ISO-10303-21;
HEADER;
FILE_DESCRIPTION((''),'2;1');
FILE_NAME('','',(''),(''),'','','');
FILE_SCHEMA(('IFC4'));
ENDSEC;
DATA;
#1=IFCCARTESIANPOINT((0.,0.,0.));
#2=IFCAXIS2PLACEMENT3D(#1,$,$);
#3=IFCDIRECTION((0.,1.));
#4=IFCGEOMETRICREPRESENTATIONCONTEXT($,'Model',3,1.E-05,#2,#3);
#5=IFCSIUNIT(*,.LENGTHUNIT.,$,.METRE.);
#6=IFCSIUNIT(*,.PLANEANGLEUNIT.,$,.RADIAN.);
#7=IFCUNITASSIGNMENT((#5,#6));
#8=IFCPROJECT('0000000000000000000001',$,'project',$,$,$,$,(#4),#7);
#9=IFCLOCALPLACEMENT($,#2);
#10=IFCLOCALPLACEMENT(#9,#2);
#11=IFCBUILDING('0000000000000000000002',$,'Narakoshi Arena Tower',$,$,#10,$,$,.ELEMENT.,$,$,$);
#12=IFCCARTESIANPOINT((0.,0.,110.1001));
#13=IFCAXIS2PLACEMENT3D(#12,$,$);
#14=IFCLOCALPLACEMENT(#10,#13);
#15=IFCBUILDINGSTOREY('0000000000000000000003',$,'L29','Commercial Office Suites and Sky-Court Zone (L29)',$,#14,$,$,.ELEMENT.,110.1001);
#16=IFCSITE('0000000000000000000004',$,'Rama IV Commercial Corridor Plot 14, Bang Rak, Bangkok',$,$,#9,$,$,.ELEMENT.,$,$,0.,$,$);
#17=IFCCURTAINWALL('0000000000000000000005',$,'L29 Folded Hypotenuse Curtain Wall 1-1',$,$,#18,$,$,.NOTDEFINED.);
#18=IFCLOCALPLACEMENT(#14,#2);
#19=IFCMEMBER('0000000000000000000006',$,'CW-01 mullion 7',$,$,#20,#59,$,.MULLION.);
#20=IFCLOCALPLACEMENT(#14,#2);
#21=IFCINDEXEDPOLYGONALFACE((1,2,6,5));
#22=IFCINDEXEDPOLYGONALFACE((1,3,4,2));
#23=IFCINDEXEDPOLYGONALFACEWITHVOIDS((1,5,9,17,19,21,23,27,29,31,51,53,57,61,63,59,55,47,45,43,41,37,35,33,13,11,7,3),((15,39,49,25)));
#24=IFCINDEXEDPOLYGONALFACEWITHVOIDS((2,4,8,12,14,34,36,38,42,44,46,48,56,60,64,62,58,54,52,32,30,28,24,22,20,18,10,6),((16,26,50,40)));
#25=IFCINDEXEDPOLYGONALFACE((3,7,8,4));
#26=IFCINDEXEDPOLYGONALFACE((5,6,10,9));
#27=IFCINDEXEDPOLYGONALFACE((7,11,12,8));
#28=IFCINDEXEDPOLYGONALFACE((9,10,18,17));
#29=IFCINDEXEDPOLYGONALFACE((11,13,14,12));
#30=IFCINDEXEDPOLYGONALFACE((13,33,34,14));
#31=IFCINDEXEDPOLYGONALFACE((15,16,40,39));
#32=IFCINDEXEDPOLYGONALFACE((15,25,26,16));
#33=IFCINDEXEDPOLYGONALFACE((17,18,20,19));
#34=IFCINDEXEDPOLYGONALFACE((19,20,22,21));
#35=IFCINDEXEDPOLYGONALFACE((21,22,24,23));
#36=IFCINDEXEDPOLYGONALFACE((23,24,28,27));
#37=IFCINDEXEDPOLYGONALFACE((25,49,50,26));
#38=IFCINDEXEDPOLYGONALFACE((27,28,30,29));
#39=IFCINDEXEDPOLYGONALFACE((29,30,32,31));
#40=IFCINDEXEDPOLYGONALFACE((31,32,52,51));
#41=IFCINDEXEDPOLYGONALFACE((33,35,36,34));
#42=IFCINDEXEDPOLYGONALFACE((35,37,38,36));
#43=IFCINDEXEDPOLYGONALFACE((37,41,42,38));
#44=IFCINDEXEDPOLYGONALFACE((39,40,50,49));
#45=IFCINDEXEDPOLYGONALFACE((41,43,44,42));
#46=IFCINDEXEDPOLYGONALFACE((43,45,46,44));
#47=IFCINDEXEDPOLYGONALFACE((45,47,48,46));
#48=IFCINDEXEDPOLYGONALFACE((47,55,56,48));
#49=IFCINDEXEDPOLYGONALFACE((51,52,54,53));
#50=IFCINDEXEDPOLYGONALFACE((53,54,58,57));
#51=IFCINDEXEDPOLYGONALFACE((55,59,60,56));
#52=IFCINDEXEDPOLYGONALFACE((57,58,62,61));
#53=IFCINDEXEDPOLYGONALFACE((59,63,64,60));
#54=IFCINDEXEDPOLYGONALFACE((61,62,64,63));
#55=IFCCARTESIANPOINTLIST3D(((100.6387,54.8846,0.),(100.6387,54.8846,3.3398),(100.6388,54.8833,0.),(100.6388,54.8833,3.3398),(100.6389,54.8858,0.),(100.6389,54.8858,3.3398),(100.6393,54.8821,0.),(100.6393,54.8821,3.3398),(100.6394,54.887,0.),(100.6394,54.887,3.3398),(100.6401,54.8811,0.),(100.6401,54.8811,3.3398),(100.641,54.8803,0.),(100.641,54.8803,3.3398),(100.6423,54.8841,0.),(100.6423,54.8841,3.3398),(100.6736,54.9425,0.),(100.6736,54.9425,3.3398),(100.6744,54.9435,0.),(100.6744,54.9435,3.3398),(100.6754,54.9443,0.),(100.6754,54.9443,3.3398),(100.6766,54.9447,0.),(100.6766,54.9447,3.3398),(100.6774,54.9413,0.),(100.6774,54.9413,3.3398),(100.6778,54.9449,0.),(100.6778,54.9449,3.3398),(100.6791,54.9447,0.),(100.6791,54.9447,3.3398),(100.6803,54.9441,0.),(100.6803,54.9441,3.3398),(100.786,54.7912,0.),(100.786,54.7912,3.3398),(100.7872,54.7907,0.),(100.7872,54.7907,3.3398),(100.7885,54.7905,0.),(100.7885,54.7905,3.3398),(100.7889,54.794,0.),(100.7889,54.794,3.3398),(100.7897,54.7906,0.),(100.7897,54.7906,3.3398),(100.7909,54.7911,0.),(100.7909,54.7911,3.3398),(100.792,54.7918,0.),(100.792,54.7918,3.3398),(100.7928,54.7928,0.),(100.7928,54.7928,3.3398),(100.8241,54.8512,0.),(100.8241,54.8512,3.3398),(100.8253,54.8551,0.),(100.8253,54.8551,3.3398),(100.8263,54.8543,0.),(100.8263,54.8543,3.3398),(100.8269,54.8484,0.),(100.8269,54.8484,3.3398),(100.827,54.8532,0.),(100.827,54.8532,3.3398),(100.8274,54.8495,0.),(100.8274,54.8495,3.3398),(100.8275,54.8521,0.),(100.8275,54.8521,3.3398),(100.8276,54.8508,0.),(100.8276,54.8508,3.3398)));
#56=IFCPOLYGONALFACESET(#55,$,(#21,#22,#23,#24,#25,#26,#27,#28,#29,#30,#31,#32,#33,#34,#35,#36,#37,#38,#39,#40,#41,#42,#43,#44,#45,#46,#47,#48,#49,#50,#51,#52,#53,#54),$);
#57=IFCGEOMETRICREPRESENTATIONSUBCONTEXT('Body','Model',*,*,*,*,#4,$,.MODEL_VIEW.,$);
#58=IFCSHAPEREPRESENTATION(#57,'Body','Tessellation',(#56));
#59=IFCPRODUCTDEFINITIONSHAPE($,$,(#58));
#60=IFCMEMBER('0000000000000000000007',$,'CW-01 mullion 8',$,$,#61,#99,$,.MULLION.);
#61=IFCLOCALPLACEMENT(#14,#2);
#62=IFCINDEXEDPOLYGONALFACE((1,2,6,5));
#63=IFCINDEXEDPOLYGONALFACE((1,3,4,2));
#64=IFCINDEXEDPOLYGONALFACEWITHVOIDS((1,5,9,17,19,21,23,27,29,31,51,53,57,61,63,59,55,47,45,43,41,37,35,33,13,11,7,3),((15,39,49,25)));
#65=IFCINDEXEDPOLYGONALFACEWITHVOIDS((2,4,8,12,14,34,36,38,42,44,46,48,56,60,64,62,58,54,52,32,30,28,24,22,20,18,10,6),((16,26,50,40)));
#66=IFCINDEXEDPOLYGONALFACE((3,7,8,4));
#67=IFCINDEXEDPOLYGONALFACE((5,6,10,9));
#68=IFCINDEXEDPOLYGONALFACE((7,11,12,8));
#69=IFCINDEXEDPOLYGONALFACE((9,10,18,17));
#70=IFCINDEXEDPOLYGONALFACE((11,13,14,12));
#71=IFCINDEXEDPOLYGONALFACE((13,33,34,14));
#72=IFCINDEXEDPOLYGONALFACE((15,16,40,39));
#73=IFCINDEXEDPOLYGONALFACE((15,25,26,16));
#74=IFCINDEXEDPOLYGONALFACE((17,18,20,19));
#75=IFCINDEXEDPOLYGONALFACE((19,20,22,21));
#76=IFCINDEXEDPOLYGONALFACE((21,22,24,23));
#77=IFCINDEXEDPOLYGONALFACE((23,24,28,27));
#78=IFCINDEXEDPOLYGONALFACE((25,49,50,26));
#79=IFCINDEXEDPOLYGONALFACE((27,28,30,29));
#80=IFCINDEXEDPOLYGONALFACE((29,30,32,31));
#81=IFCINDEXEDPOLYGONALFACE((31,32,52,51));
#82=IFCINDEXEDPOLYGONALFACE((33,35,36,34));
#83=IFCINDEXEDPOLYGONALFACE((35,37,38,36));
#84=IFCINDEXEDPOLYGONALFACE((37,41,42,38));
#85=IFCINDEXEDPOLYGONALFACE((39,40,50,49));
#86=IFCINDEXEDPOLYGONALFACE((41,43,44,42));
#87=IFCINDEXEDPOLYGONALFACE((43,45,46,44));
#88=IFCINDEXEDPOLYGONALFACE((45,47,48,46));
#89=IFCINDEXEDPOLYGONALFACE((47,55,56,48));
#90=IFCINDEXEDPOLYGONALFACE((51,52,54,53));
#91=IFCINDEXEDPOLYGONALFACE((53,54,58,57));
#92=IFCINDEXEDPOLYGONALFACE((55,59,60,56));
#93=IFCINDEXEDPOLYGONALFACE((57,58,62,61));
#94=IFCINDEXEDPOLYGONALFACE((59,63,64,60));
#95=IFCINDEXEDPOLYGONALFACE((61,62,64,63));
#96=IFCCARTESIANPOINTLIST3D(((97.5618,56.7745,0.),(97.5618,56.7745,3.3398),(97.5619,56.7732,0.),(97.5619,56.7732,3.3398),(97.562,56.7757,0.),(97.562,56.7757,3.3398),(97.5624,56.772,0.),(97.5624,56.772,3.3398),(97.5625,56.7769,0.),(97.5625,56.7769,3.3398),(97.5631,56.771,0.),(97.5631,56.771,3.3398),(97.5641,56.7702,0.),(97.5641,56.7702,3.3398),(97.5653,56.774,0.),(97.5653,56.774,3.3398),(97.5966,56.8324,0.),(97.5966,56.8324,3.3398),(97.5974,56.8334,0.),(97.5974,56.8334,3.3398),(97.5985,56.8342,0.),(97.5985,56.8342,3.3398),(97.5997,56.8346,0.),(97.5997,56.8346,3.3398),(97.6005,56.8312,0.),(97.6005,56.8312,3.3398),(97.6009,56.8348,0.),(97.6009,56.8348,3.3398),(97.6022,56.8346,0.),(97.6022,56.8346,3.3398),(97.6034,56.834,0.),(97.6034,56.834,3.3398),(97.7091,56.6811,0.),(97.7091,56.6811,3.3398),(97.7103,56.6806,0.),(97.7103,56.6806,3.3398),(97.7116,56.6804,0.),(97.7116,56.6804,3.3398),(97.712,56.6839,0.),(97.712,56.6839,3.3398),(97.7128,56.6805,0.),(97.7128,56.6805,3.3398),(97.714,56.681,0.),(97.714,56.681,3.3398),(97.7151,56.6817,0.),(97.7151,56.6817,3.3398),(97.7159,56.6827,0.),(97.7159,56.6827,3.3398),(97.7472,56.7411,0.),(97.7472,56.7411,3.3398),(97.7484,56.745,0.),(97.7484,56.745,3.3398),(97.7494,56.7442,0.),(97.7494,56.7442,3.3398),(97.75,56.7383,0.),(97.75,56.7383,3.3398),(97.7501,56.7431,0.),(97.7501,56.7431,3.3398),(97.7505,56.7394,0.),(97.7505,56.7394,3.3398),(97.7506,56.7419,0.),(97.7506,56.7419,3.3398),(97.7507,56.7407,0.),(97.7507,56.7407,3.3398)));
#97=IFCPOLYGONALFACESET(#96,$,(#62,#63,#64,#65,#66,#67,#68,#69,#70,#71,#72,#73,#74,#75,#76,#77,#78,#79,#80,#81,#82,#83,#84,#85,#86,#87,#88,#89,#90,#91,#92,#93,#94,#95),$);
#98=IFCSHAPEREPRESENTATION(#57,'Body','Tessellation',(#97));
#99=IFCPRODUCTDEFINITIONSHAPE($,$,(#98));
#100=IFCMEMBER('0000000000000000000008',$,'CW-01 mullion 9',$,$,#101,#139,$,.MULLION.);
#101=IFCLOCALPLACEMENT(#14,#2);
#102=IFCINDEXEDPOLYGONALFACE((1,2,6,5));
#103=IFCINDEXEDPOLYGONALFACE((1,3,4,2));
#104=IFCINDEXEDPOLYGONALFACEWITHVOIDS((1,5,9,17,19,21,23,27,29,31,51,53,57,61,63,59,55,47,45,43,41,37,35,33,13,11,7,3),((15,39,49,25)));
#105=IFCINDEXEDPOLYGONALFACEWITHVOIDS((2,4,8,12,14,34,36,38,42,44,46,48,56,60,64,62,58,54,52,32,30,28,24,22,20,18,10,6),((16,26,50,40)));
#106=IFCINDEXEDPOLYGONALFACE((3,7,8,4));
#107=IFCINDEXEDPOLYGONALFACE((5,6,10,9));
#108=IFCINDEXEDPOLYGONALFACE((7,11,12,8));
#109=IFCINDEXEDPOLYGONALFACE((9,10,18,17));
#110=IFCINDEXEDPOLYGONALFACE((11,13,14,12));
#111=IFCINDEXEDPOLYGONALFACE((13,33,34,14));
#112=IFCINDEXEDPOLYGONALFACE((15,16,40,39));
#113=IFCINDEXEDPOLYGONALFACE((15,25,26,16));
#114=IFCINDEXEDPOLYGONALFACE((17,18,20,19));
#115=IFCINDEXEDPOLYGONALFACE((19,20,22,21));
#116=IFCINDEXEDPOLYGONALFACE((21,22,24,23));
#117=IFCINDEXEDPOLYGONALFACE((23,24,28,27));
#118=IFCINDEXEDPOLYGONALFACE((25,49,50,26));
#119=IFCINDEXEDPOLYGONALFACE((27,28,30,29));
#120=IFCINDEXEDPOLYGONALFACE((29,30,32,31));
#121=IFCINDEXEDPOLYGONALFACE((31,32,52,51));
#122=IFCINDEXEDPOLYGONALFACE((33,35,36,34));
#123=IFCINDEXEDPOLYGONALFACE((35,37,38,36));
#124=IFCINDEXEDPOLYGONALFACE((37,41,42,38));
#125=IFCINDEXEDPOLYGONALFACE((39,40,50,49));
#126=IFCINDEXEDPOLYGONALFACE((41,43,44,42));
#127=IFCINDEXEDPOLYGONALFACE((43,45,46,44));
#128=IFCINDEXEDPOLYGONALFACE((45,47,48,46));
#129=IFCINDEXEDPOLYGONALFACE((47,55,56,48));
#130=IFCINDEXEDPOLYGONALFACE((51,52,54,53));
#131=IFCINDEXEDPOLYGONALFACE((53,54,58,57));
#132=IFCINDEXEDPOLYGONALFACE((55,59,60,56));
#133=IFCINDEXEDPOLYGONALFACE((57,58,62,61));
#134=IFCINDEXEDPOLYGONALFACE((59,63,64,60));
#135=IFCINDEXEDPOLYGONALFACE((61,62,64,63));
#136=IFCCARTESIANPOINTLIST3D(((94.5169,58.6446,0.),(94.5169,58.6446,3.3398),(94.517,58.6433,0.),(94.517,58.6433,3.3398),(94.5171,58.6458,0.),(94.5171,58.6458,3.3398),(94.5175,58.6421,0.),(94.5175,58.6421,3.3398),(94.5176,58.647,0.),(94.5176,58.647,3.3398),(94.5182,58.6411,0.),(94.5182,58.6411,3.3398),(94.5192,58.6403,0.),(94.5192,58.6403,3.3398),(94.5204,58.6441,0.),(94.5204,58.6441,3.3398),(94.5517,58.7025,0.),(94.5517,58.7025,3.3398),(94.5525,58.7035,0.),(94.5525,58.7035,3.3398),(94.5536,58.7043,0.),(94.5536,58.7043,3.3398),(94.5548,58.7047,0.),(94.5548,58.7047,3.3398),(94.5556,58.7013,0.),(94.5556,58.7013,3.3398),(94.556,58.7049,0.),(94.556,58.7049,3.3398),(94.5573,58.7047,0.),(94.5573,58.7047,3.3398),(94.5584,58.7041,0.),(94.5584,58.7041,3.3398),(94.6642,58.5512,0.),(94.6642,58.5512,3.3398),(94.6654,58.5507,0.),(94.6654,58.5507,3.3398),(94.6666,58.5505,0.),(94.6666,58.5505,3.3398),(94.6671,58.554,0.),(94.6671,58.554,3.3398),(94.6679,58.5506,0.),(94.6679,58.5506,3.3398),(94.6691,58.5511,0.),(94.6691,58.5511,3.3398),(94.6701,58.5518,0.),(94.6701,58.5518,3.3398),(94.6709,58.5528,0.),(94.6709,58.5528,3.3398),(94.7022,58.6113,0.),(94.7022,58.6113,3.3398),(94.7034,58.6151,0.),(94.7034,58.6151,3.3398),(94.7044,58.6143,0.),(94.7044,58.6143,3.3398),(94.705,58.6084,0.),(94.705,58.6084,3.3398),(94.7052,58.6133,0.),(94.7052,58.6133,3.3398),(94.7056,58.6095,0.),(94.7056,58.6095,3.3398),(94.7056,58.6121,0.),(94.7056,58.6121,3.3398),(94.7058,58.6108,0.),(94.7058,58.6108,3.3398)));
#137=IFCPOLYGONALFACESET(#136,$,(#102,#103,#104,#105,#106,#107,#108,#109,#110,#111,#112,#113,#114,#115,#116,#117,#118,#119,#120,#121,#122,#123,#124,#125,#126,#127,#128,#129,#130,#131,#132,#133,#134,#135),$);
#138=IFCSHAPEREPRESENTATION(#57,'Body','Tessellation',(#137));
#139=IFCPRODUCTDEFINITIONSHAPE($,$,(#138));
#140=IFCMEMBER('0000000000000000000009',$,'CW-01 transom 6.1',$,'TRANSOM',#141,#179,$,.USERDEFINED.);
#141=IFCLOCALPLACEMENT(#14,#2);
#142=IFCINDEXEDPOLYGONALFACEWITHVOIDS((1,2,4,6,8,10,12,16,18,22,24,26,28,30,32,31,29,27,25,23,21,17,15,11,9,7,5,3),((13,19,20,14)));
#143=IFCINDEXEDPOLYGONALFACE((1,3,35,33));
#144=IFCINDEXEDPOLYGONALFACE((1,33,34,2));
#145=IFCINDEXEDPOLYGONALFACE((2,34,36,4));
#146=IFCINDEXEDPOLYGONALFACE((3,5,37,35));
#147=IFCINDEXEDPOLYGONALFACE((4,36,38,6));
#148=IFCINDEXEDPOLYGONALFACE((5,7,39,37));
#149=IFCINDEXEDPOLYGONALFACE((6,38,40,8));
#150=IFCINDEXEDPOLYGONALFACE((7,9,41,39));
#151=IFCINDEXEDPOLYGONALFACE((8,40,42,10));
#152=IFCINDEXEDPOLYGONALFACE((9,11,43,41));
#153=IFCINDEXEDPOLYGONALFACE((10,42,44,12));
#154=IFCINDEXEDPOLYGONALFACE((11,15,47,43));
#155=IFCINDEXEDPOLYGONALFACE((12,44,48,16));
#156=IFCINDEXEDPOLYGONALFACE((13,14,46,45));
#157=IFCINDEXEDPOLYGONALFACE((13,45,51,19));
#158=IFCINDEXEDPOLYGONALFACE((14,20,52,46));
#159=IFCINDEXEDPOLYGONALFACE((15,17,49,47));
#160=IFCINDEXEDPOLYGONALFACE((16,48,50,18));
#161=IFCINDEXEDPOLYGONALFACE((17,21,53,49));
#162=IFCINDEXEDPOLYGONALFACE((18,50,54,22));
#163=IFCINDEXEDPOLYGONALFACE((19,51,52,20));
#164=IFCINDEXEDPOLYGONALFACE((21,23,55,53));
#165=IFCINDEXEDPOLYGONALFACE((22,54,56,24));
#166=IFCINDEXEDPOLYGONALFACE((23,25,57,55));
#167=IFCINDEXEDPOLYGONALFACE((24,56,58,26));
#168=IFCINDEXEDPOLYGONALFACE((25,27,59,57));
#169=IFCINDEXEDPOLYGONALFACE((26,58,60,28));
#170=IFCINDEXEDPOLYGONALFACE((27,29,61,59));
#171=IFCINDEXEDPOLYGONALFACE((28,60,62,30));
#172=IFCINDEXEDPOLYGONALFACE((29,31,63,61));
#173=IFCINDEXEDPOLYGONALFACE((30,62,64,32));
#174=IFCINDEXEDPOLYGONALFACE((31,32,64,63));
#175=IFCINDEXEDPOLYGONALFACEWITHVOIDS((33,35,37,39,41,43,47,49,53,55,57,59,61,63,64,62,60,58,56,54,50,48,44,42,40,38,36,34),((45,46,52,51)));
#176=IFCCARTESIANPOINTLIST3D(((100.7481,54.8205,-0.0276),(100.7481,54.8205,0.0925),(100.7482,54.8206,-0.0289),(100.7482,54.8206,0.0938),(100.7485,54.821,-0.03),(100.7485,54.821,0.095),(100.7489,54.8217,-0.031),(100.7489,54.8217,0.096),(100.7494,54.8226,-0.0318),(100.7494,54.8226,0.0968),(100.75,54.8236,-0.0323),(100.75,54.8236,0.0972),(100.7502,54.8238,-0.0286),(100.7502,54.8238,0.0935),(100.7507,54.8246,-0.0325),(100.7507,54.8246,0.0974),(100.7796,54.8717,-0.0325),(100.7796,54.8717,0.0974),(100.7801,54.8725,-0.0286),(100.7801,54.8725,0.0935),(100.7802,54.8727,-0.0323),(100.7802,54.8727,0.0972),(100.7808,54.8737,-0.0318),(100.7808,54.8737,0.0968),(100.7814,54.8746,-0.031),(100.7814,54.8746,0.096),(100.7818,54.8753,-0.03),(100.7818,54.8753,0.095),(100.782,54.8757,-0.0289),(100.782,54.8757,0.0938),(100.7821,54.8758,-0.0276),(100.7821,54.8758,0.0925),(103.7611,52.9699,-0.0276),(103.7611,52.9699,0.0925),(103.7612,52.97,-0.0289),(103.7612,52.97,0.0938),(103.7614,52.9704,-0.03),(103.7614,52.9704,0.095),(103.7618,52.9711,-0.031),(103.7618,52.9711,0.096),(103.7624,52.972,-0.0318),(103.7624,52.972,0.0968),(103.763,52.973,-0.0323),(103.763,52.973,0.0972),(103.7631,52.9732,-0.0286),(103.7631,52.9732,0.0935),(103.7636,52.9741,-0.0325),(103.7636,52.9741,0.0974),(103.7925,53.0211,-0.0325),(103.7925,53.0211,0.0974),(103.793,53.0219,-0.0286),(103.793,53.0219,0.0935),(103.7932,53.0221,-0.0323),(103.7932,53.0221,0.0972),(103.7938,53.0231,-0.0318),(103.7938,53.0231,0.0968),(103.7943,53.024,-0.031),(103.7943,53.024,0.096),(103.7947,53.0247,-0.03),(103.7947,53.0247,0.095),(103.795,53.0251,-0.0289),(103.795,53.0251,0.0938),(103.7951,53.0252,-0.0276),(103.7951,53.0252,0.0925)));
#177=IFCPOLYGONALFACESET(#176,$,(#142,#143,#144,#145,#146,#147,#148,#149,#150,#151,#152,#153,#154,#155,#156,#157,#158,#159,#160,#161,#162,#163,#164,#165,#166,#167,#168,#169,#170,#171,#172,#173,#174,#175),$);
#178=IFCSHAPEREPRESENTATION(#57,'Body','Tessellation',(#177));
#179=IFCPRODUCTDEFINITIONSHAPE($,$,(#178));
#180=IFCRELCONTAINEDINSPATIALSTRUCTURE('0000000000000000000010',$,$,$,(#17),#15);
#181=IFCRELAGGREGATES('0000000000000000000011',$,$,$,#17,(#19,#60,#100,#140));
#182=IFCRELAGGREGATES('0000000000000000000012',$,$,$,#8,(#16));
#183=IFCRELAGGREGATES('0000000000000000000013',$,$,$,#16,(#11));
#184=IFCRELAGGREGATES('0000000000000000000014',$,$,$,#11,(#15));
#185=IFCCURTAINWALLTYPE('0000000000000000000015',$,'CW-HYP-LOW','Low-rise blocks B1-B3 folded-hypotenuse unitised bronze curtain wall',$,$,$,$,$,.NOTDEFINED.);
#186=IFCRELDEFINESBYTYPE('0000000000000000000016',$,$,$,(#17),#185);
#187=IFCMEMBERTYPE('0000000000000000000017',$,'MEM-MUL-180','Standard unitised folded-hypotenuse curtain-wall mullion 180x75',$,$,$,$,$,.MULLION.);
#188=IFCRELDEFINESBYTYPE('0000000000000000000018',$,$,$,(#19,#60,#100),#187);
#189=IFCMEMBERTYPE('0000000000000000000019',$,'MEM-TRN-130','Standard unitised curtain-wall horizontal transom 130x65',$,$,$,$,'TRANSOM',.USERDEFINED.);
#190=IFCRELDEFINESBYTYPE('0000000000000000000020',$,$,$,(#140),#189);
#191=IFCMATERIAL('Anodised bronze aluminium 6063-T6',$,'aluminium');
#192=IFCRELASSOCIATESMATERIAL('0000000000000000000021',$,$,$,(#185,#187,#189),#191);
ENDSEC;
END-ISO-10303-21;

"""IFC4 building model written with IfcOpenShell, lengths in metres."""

from ifc_helpers import new_model, si_unit, direction, frame, origin, origin_2d, place, context, subcontext, project, spatial, hollow_rectangle, extrude, material, material_profile, profile_set, type_object, element, aggregate, save


model = new_model("IFC4")

# Units and contexts
model_context = context("Model", 3, precision=1e-05, world=origin(), true_north=direction((0.0, 1.0)))
body_context = subcontext(model_context, "Body", "Model", "MODEL_VIEW")
ifc_project = project(units=[si_unit("LENGTHUNIT", "METRE"), si_unit("PLANEANGLEUNIT", "RADIAN")], contexts=[model_context])

# Site, building, storey
site_placement = place(None, origin())
site = spatial("IfcSite", under=ifc_project, at=site_placement, Name="Rama IV Commercial Corridor Plot 14, Bang Rak, Bangkok", CompositionType="ELEMENT", RefElevation=0.0)
building_placement = place(site_placement, origin())
building = spatial("IfcBuilding", under=site, at=building_placement, Name="Narakoshi Arena Tower", CompositionType="ELEMENT")
storey_placement = place(building_placement, frame((0.0, 0.0, 110.1001)))
storey = spatial("IfcBuildingStorey", under=building, at=storey_placement, Name="L29", Description="Commercial Office Suites and Sky-Court Zone (L29)", CompositionType="ELEMENT", Elevation=110.1001)

# Curtain wall, members
ifc_material_1 = material(Name="Anodised bronze aluminium 6063-T6", Category="aluminium")
curtain_wall_type = type_object("IfcCurtainWallType", Name="CW-HYP-LOW", Description="Low-rise blocks B1-B3 folded-hypotenuse unitised bronze curtain wall", PredefinedType="NOTDEFINED", material=ifc_material_1)
curtain_wall_placement = place(storey_placement, origin())
curtain_wall = element("IfcCurtainWall", 1, at=curtain_wall_placement, inside=storey, type_object=curtain_wall_type, Name="L29 Folded Hypotenuse Curtain Wall 1-1", PredefinedType="NOTDEFINED")
ifc_material_profile_1 = material_profile(ifc_material_1, hollow_rectangle(XDim=0.075, YDim=0.1799, WallThickness=0.0039, OuterFilletRadius=0.0049, at=origin_2d()), Name="MUL180x75x4")
ifc_profile_set_1 = profile_set([ifc_material_profile_1], Name="Anodised bronze aluminium 6063-T6")
member_type_1 = type_object("IfcMemberType", Name="MEM-MUL-180", Description="Standard unitised folded-hypotenuse curtain-wall mullion 180x75", PredefinedType="MULLION", material=ifc_profile_set_1)
member_1_placement = place(storey_placement, frame((100.7332, 54.8677, 0.0), z_axis=(0.0, 0.0, 1.0), x_axis=(-0.523358, -0.852113, 0.0)))
member_1 = element("IfcMember", 2, at=member_1_placement, type_object=member_type_1, Name="CW-01 mullion 7", PredefinedType="MULLION", context=body_context, shape_type="SweptSolid", body=[
    extrude(hollow_rectangle(XDim=0.075, YDim=0.1799, WallThickness=0.0039, OuterFilletRadius=0.0049, at=origin_2d()), origin(), (0.0, 0.0, 1.0), 3.3398),
])
member_2_placement = place(storey_placement, frame((97.6562, 56.7576, 0.0), z_axis=(0.0, 0.0, 1.0), x_axis=(-0.523358, -0.852113, 0.0)))
member_2 = element("IfcMember", 3, at=member_2_placement, type_object=member_type_1, Name="CW-01 mullion 8", PredefinedType="MULLION", context=body_context, shape_type="SweptSolid", body=[
    extrude(hollow_rectangle(XDim=0.075, YDim=0.1799, WallThickness=0.0039, OuterFilletRadius=0.0049, at=origin_2d()), origin(), (0.0, 0.0, 1.0), 3.3398),
])
member_3_placement = place(storey_placement, frame((94.6113, 58.6277, 0.0), z_axis=(0.0, 0.0, 1.0), x_axis=(-0.523358, -0.852113, 0.0)))
member_3 = element("IfcMember", 4, at=member_3_placement, type_object=member_type_1, Name="CW-01 mullion 9", PredefinedType="MULLION", context=body_context, shape_type="SweptSolid", body=[
    extrude(hollow_rectangle(XDim=0.075, YDim=0.1799, WallThickness=0.0039, OuterFilletRadius=0.0049, at=origin_2d()), origin(), (0.0, 0.0, 1.0), 3.3398),
])
ifc_material_profile_2 = material_profile(ifc_material_1, hollow_rectangle(XDim=0.0649, YDim=0.1299, WallThickness=0.0039, OuterFilletRadius=0.0049, at=origin_2d()), Name="TRN130x65x4")
ifc_profile_set_2 = profile_set([ifc_material_profile_2], Name="Anodised bronze aluminium 6063-T6")
member_type_2 = type_object("IfcMemberType", Name="MEM-TRN-130", Description="Standard unitised curtain-wall horizontal transom 130x65", ElementType="TRANSOM", PredefinedType="USERDEFINED", material=ifc_profile_set_2)
member_4_placement = place(storey_placement, frame((103.7781, 52.9976, 0.0325), z_axis=(-0.852104, 0.523373, 0.0), x_axis=(-0.523373, -0.852104, 0.0)))
member_4 = element("IfcMember", 5, at=member_4_placement, type_object=member_type_2, Name="CW-01 transom 6.1", ObjectType="TRANSOM", PredefinedType="USERDEFINED", context=body_context, shape_type="SweptSolid", body=[
    extrude(hollow_rectangle(XDim=0.0649, YDim=0.1299, WallThickness=0.0039, OuterFilletRadius=0.0049, at=origin_2d()), origin(), (0.0, 0.0, 1.0), 3.5359),
])
aggregate(curtain_wall, [member_1, member_2, member_3, member_4])

save(model, "model.ifc")
